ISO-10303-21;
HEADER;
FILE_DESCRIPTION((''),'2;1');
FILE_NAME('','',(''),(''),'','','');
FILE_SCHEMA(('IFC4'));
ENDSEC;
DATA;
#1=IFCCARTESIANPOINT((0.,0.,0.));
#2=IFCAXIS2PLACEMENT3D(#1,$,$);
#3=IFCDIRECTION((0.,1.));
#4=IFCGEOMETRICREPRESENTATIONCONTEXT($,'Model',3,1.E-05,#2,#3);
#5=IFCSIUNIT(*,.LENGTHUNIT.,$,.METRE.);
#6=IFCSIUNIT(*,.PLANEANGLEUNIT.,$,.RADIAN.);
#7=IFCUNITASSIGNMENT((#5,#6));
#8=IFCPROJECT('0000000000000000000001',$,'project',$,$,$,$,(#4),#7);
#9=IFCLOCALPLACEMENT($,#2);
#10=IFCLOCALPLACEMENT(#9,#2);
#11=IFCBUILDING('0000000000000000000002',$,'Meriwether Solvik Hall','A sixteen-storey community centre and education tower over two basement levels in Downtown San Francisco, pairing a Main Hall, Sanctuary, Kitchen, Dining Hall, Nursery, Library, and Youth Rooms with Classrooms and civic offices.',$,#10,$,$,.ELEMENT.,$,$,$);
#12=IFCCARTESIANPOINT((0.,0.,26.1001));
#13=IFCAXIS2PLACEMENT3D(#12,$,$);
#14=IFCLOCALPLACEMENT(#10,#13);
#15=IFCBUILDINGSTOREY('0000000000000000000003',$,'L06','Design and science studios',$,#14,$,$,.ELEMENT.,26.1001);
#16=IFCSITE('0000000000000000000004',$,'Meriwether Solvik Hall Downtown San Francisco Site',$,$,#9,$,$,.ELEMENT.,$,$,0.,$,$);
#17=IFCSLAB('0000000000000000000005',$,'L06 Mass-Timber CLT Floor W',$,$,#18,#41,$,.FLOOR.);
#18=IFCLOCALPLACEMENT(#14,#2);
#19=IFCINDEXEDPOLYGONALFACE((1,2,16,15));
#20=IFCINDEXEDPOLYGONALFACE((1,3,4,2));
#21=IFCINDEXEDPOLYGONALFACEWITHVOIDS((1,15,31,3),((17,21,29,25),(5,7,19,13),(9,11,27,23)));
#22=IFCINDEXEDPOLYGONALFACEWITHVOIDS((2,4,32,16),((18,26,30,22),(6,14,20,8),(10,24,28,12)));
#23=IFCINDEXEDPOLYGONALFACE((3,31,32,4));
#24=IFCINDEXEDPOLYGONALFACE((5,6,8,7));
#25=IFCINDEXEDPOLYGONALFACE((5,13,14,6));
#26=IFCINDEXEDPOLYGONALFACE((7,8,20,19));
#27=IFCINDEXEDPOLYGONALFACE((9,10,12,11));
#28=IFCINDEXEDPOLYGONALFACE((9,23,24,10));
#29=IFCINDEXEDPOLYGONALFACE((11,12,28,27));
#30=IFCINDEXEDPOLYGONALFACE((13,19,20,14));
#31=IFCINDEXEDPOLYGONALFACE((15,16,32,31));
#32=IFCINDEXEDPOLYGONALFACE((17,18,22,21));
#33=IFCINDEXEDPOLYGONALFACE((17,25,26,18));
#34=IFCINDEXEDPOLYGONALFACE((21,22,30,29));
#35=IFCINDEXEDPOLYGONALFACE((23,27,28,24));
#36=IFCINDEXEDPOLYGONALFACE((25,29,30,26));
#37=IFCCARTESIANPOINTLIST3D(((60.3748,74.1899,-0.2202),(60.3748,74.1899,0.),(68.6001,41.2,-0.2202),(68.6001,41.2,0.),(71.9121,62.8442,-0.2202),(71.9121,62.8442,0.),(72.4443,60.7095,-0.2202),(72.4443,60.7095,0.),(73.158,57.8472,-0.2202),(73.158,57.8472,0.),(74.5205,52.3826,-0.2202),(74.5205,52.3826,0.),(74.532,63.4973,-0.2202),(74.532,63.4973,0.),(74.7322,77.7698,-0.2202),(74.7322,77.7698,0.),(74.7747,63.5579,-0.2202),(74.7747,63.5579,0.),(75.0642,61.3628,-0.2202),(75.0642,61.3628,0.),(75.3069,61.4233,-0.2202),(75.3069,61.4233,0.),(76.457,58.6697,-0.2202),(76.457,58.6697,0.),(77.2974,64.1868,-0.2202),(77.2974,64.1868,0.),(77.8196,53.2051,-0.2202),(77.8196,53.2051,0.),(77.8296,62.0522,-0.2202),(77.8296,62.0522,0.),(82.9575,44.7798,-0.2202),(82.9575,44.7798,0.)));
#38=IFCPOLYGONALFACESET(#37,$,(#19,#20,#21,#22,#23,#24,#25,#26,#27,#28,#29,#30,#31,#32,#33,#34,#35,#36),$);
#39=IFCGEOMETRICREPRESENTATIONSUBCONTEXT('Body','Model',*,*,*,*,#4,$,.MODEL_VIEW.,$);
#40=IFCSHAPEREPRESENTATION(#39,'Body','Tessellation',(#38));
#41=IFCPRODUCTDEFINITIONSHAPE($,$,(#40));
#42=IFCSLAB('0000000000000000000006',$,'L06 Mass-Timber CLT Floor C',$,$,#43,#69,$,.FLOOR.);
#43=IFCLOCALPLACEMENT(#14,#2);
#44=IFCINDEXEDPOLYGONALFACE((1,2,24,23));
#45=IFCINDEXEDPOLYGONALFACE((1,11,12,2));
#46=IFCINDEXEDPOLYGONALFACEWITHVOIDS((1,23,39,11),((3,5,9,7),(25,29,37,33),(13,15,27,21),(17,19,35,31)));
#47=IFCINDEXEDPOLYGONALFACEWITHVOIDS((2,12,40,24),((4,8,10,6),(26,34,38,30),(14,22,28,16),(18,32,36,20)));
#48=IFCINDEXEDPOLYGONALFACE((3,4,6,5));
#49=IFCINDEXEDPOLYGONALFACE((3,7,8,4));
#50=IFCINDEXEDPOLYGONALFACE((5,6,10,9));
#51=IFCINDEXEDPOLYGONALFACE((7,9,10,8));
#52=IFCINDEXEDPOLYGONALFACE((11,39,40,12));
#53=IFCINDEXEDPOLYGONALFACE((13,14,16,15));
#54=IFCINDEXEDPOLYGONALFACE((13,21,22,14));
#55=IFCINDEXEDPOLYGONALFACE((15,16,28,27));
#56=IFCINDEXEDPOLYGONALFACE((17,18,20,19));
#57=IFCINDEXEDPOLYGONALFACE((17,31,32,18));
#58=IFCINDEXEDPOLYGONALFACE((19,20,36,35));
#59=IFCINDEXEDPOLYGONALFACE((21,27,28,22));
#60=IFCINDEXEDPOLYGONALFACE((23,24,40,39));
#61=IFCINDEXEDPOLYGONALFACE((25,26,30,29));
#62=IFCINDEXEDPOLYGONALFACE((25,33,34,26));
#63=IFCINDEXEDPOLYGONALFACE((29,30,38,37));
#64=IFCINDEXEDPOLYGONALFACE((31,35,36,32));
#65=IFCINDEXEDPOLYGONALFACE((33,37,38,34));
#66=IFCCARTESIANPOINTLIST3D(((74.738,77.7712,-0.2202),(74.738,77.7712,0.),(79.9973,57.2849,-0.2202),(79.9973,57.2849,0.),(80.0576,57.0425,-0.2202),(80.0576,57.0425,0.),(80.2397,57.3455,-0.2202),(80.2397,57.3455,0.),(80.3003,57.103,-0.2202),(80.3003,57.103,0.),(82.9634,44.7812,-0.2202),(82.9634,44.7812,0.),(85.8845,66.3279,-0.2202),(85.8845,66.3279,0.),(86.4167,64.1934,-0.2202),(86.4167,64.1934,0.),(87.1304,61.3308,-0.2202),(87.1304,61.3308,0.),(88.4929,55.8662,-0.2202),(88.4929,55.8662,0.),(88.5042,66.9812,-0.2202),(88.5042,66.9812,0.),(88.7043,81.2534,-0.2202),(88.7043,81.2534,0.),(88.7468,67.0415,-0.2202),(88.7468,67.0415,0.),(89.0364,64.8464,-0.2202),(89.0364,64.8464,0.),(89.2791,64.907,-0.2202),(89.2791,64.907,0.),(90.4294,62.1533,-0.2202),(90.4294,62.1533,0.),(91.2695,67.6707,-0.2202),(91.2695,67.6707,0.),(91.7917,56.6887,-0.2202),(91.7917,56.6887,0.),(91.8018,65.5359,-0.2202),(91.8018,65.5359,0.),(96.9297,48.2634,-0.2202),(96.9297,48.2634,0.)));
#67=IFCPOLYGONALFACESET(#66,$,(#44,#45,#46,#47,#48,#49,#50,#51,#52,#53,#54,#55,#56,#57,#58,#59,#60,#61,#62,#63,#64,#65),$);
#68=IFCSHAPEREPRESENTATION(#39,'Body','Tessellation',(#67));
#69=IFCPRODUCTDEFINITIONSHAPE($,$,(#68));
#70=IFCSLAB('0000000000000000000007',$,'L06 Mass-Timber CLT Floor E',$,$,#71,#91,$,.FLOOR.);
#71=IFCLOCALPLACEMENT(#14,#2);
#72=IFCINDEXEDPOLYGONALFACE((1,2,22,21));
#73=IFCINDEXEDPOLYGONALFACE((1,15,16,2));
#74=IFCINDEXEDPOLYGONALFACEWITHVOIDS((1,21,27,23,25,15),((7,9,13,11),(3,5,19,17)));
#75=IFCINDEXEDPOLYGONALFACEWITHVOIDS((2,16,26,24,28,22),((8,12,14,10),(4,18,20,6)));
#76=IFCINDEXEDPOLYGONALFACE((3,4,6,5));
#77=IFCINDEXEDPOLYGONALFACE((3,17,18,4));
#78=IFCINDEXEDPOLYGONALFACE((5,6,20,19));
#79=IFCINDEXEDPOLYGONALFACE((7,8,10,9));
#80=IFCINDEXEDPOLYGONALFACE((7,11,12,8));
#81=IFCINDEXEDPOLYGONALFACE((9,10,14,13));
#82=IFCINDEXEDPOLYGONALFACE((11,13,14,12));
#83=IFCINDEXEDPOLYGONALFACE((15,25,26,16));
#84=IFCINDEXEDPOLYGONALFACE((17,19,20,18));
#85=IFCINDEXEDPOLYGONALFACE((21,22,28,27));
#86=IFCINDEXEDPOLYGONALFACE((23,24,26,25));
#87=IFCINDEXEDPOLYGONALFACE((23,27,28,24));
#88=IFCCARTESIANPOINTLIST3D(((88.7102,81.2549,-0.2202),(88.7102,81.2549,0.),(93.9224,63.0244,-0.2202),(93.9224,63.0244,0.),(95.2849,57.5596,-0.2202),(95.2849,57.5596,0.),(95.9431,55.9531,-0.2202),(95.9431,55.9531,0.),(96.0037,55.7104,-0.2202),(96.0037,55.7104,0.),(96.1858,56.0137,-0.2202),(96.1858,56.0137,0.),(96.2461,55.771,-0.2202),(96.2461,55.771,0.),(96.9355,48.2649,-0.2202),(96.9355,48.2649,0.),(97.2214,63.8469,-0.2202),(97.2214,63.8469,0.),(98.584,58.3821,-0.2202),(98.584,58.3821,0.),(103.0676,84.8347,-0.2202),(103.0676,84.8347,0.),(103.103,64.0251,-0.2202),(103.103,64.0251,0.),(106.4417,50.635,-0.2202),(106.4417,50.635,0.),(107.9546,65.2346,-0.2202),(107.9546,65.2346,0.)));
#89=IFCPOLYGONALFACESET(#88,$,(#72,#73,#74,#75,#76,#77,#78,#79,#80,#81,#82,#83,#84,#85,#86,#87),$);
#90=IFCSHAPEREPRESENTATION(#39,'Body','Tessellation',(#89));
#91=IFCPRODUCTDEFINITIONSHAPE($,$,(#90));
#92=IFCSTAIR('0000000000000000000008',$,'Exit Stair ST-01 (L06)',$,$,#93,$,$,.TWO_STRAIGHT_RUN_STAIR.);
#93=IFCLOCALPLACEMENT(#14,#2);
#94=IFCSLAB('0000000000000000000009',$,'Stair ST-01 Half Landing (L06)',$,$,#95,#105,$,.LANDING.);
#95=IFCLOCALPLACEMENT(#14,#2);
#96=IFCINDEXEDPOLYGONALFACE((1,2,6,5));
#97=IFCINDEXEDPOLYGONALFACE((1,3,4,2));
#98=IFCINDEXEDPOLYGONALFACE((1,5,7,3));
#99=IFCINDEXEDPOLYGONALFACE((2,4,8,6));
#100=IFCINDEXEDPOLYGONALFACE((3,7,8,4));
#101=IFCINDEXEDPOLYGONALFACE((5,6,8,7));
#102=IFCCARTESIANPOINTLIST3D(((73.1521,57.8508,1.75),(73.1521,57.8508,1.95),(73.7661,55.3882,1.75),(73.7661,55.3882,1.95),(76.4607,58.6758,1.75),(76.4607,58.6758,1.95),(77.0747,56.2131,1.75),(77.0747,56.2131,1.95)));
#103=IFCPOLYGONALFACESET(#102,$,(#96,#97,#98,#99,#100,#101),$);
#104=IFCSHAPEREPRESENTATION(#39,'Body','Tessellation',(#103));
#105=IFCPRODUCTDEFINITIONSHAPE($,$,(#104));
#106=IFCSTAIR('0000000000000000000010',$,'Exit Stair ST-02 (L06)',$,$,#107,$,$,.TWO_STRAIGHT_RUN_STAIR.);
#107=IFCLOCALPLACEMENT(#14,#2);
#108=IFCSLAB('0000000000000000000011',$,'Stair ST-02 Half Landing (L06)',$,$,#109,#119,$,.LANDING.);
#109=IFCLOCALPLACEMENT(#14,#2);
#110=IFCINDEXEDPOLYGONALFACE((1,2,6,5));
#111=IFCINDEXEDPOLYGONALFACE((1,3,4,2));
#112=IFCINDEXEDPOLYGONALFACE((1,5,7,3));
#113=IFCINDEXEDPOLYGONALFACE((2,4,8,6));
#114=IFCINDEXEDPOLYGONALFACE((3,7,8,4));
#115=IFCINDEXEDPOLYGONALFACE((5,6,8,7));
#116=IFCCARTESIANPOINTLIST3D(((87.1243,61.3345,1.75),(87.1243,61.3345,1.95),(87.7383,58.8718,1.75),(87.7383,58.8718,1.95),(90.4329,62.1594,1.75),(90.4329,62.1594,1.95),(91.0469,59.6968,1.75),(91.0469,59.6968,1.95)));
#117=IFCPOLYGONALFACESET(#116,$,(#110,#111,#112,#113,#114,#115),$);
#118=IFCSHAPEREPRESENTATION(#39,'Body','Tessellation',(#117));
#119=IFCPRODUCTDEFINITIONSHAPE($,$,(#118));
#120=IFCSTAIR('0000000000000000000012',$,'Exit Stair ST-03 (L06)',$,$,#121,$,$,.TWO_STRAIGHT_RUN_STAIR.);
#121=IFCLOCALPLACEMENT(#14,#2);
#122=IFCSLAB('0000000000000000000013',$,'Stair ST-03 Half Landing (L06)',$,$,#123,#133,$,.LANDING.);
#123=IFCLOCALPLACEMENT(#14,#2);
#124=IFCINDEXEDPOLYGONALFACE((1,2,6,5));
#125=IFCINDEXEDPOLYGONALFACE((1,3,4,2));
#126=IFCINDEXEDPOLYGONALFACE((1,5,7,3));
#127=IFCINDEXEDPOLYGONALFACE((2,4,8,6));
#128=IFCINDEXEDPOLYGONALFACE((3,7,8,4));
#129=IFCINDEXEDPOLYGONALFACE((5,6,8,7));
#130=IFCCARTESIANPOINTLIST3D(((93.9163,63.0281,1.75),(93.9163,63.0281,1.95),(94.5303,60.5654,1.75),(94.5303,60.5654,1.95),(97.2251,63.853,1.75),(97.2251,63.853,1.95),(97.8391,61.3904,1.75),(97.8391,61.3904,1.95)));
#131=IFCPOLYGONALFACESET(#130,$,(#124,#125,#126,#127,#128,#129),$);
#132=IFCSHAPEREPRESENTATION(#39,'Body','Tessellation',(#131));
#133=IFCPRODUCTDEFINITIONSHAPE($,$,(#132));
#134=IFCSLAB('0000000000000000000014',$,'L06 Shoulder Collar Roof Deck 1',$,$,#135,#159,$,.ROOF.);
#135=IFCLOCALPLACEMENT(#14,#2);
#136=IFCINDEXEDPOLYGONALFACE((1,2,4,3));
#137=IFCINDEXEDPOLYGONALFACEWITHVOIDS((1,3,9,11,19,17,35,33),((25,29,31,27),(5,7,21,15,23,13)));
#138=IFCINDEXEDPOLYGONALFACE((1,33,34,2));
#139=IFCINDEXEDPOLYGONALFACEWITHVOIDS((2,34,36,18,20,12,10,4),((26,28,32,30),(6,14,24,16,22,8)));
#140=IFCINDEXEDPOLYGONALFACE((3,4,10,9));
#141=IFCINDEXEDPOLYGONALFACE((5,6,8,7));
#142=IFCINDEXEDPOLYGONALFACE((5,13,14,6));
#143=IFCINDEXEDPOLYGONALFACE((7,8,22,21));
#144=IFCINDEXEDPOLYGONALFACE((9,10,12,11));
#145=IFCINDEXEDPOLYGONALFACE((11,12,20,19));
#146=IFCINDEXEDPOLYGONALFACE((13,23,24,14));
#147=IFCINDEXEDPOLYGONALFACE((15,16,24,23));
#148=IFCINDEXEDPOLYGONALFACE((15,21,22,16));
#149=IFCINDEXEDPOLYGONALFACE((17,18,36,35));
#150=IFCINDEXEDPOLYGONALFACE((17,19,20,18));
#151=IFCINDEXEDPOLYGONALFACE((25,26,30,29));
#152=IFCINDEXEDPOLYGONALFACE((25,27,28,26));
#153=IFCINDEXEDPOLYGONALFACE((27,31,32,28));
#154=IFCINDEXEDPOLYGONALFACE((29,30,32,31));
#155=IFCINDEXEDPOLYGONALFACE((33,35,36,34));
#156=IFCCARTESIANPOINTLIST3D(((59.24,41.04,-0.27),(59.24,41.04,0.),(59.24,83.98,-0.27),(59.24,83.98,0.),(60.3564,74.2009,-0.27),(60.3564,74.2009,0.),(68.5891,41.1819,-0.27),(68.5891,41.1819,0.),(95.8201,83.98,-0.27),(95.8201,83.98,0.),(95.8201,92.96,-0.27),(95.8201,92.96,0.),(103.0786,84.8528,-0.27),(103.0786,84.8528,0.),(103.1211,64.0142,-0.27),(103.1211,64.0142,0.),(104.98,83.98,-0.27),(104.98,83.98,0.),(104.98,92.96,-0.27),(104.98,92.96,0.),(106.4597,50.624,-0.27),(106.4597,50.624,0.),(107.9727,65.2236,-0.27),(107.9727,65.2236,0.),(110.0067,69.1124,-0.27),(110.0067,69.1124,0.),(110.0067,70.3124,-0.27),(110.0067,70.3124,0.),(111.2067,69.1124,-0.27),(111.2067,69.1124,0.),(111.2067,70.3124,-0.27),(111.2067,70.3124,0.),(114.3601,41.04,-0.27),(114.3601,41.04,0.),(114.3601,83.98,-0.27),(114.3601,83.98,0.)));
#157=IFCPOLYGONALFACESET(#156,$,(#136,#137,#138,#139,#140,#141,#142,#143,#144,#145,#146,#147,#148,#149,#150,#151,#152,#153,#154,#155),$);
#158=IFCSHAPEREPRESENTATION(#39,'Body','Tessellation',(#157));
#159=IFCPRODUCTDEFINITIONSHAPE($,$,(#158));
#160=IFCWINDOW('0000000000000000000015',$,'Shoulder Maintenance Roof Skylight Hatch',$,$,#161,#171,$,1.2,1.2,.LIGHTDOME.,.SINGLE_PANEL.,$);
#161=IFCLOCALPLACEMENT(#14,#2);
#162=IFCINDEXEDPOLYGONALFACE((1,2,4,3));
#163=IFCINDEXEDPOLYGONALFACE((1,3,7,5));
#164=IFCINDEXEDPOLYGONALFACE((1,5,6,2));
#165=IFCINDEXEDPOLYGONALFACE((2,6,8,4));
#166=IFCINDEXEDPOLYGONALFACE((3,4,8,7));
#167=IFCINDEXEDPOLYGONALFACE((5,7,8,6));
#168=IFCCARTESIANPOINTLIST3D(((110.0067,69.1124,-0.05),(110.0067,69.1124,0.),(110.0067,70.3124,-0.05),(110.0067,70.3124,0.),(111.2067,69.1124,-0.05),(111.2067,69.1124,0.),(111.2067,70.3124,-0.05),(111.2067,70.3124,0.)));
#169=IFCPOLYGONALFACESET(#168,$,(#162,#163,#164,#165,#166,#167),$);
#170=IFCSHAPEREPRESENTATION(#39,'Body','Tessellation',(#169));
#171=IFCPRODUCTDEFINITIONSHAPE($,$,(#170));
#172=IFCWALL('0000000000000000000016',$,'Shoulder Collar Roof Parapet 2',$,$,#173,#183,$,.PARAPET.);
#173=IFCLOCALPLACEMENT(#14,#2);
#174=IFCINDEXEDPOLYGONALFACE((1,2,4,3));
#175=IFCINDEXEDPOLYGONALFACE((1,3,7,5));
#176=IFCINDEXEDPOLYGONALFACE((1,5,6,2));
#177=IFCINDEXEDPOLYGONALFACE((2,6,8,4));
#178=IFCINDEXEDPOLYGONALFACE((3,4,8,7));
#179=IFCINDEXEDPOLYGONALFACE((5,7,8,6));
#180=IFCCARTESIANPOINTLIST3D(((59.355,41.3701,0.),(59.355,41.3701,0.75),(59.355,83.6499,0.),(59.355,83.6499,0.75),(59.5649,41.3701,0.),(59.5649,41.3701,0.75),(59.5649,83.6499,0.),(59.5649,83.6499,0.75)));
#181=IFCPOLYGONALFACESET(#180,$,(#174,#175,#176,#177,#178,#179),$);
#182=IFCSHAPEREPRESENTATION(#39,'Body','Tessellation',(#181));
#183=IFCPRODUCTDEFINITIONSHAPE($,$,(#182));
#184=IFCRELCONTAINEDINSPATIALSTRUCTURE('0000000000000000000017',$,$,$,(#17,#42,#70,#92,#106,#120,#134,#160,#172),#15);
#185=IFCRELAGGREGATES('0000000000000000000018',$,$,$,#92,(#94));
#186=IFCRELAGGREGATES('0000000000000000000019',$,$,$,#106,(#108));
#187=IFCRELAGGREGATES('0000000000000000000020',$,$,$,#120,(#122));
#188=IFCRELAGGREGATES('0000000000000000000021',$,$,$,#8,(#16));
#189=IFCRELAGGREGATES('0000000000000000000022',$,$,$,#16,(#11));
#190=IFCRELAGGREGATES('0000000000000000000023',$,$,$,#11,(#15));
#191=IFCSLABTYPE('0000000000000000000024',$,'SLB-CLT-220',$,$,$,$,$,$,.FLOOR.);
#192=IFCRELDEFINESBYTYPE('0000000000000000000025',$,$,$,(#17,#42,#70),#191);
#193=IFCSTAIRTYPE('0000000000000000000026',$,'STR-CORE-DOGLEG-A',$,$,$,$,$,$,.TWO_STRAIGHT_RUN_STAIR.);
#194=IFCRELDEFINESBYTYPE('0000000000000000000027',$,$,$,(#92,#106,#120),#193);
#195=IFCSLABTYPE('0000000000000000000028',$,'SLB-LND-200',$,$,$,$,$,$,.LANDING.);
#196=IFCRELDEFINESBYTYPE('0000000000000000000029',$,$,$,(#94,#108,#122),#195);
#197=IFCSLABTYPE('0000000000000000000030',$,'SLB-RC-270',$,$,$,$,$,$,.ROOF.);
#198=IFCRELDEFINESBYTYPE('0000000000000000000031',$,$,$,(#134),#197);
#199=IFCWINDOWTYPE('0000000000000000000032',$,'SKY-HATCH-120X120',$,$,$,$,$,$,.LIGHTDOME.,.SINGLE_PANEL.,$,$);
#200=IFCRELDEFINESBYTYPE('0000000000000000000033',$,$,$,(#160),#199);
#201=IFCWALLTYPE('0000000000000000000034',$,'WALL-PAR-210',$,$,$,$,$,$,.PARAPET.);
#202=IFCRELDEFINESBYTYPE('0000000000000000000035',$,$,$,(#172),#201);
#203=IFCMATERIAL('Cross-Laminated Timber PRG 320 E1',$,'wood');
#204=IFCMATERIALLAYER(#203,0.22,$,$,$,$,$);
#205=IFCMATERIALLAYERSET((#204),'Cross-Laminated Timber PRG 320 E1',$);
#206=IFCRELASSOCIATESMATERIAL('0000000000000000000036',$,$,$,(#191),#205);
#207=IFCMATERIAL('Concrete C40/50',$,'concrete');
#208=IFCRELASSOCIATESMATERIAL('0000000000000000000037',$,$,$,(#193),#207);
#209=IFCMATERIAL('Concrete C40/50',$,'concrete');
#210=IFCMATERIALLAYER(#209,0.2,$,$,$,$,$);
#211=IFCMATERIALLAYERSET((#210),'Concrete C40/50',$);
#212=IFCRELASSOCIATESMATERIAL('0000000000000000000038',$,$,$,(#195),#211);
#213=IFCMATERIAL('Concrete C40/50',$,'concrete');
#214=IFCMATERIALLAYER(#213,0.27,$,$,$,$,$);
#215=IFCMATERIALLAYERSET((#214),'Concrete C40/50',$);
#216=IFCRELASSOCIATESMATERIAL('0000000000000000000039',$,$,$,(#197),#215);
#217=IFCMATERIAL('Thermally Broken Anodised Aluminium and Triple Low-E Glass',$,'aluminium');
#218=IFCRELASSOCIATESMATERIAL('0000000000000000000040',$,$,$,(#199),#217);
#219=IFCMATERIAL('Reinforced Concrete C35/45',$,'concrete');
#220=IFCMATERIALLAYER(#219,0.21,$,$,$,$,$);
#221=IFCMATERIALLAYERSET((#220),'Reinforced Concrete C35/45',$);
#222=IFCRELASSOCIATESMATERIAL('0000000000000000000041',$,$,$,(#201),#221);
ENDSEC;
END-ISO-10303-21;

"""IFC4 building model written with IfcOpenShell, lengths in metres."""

from ifc_helpers import new_model, si_unit, direction, frame, frame_2d, origin, origin_2d, place, context, subcontext, project, spatial, polyline, rectangle, outline, extrude, material, layer, layer_set, type_object, element, fill, aggregate, save


model = new_model("IFC4")

# Units and contexts
model_context = context("Model", 3, precision=1e-05, world=origin(), true_north=direction((0.0, 1.0)))
body_context = subcontext(model_context, "Body", "Model", "MODEL_VIEW")
ifc_project = project(units=[si_unit("LENGTHUNIT", "METRE"), si_unit("PLANEANGLEUNIT", "RADIAN")], contexts=[model_context])

# Site, building, storey
site_placement = place(None, origin())
site = spatial("IfcSite", under=ifc_project, at=site_placement, Name="Meriwether Solvik Hall Downtown San Francisco Site", CompositionType="ELEMENT", RefElevation=0.0)
building_placement = place(site_placement, origin())
building = spatial("IfcBuilding", under=site, at=building_placement, Name="Meriwether Solvik Hall", Description="A sixteen-storey community centre and education tower over two basement levels in Downtown San Francisco, pairing a Main Hall, Sanctuary, Kitchen, Dining Hall, Nursery, Library, and Youth Rooms with Classrooms and civic offices.", CompositionType="ELEMENT")
storey_placement = place(building_placement, frame((0.0, 0.0, 26.1001)))
storey = spatial("IfcBuildingStorey", under=building, at=storey_placement, Name="L06", Description="Design and science studios", CompositionType="ELEMENT", Elevation=26.1001)

# Slabs
ifc_material_1 = material(Name="Cross-Laminated Timber PRG 320 E1", Category="wood")
ifc_layer_1 = layer(ifc_material_1, 0.22)
ifc_layer_set_1 = layer_set([ifc_layer_1], Name="Cross-Laminated Timber PRG 320 E1")
slab_type_1 = type_object("IfcSlabType", Name="SLB-CLT-220", PredefinedType="FLOOR", material=ifc_layer_set_1)
slab_1_placement = place(storey_placement, frame((0.0, 0.0, -0.2202)))
element("IfcSlab", 1, at=slab_1_placement, inside=storey, type_object=slab_type_1, Name="L06 Mass-Timber CLT Floor W", PredefinedType="FLOOR", context=body_context, shape_type="SweptSolid", body=[
    extrude(outline(polyline([(74.7322, 77.7698), (82.9575, 44.7798), (68.6001, 41.2), (60.3748, 74.1899), (74.7322, 77.7698)]), holes=[polyline([(73.158, 57.8472), (74.5205, 52.3826), (77.8196, 53.2051), (76.457, 58.6697), (73.158, 57.8472)]), polyline([(71.9121, 62.8442), (72.4443, 60.7095), (75.0642, 61.3628), (74.532, 63.4973), (71.9121, 62.8442)]), polyline([(74.7747, 63.5579), (75.3069, 61.4233), (77.8296, 62.0522), (77.2974, 64.1868), (74.7747, 63.5579)])]), origin(), (0.0, 0.0, 1.0), 0.2202),
])
slab_2_placement = place(storey_placement, frame((0.0, 0.0, -0.2202)))
element("IfcSlab", 2, at=slab_2_placement, inside=storey, type_object=slab_type_1, Name="L06 Mass-Timber CLT Floor C", PredefinedType="FLOOR", context=body_context, shape_type="SweptSolid", body=[
    extrude(outline(polyline([(88.7043, 81.2534), (96.9297, 48.2634), (82.9634, 44.7812), (74.738, 77.7712), (88.7043, 81.2534)]), holes=[polyline([(79.9973, 57.2849), (80.0576, 57.0425), (80.3003, 57.103), (80.2397, 57.3455), (79.9973, 57.2849)]), polyline([(87.1304, 61.3308), (88.4929, 55.8662), (91.7917, 56.6887), (90.4294, 62.1533), (87.1304, 61.3308)]), polyline([(88.5042, 66.9812), (85.8845, 66.3279), (86.4167, 64.1934), (89.0364, 64.8464), (88.5042, 66.9812)]), polyline([(91.2695, 67.6707), (88.7468, 67.0415), (89.2791, 64.907), (91.8018, 65.5359), (91.2695, 67.6707)])]), origin(), (0.0, 0.0, 1.0), 0.2202),
])
slab_3_placement = place(storey_placement, frame((0.0, 0.0, -0.2202)))
element("IfcSlab", 3, at=slab_3_placement, inside=storey, type_object=slab_type_1, Name="L06 Mass-Timber CLT Floor E", PredefinedType="FLOOR", context=body_context, shape_type="SweptSolid", body=[
    extrude(outline(polyline([(103.0676, 84.8347), (107.9546, 65.2346), (103.103, 64.0251), (106.4417, 50.635), (96.9355, 48.2649), (88.7102, 81.2549), (103.0676, 84.8347)]), holes=[polyline([(95.9431, 55.9531), (96.0037, 55.7104), (96.2461, 55.771), (96.1858, 56.0137), (95.9431, 55.9531)]), polyline([(93.9224, 63.0244), (95.2849, 57.5596), (98.584, 58.3821), (97.2214, 63.8469), (93.9224, 63.0244)])]), origin(), (0.0, 0.0, 1.0), 0.2202),
])

# Stairs, slabs
ifc_material_2 = material(Name="Concrete C40/50", Category="concrete")
stair_type = type_object("IfcStairType", Name="STR-CORE-DOGLEG-A", PredefinedType="TWO_STRAIGHT_RUN_STAIR", material=ifc_material_2)
stair_1_placement = place(storey_placement, origin())
stair_1 = element("IfcStair", 4, at=stair_1_placement, inside=storey, type_object=stair_type, Name="Exit Stair ST-01 (L06)", PredefinedType="TWO_STRAIGHT_RUN_STAIR")
ifc_material_3 = material(Name="Concrete C40/50", Category="concrete")
ifc_layer_2 = layer(ifc_material_3, 0.2)
ifc_layer_set_2 = layer_set([ifc_layer_2], Name="Concrete C40/50")
slab_type_2 = type_object("IfcSlabType", Name="SLB-LND-200", PredefinedType="LANDING", material=ifc_layer_set_2)
slab_4_placement = place(storey_placement, frame((0.0, 0.0, 1.75)))
slab_4 = element("IfcSlab", 5, at=slab_4_placement, type_object=slab_type_2, Name="Stair ST-01 Half Landing (L06)", PredefinedType="LANDING", context=body_context, shape_type="SweptSolid", body=[
    extrude(outline(polyline([(73.7661, 55.3882), (77.0747, 56.2131), (76.4607, 58.6758), (73.1521, 57.8508), (73.7661, 55.3882)])), origin(), (0.0, 0.0, 1.0), 0.2),
])
aggregate(stair_1, [slab_4])
stair_2_placement = place(storey_placement, origin())
stair_2 = element("IfcStair", 6, at=stair_2_placement, inside=storey, type_object=stair_type, Name="Exit Stair ST-02 (L06)", PredefinedType="TWO_STRAIGHT_RUN_STAIR")
slab_5_placement = place(storey_placement, frame((0.0, 0.0, 1.75)))
slab_5 = element("IfcSlab", 7, at=slab_5_placement, type_object=slab_type_2, Name="Stair ST-02 Half Landing (L06)", PredefinedType="LANDING", context=body_context, shape_type="SweptSolid", body=[
    extrude(outline(polyline([(87.7383, 58.8718), (91.0469, 59.6968), (90.4329, 62.1594), (87.1243, 61.3345), (87.7383, 58.8718)])), origin(), (0.0, 0.0, 1.0), 0.2),
])
aggregate(stair_2, [slab_5])
stair_3_placement = place(storey_placement, origin())
stair_3 = element("IfcStair", 8, at=stair_3_placement, inside=storey, type_object=stair_type, Name="Exit Stair ST-03 (L06)", PredefinedType="TWO_STRAIGHT_RUN_STAIR")
slab_6_placement = place(storey_placement, frame((0.0, 0.0, 1.75)))
slab_6 = element("IfcSlab", 9, at=slab_6_placement, type_object=slab_type_2, Name="Stair ST-03 Half Landing (L06)", PredefinedType="LANDING", context=body_context, shape_type="SweptSolid", body=[
    extrude(outline(polyline([(94.5303, 60.5654), (97.8391, 61.3904), (97.2251, 63.853), (93.9163, 63.0281), (94.5303, 60.5654)])), origin(), (0.0, 0.0, 1.0), 0.2),
])
aggregate(stair_3, [slab_6])

# Slab, opening, window
ifc_material_4 = material(Name="Concrete C40/50", Category="concrete")
ifc_layer_3 = layer(ifc_material_4, 0.27)
ifc_layer_set_3 = layer_set([ifc_layer_3], Name="Concrete C40/50")
slab_type_3 = type_object("IfcSlabType", Name="SLB-RC-270", PredefinedType="ROOF", material=ifc_layer_set_3)
slab_7_placement = place(storey_placement, frame((0.0, 0.0, -0.27)))
slab_7 = element("IfcSlab", 10, at=slab_7_placement, inside=storey, type_object=slab_type_3, Name="L06 Shoulder Collar Roof Deck 1", PredefinedType="ROOF", context=body_context, shape_type="SweptSolid", body=[
    extrude(outline(polyline([(104.98, 92.96), (104.98, 83.98), (114.3601, 83.98), (114.3601, 41.04), (59.24, 41.04), (59.24, 83.98), (95.8201, 83.98), (95.8201, 92.96), (104.98, 92.96)]), holes=[polyline([(103.1211, 64.0142), (107.9727, 65.2236), (103.0786, 84.8528), (60.3564, 74.2009), (68.5891, 41.1819), (106.4597, 50.624), (103.1211, 64.0142)])]), origin(), (0.0, 0.0, 1.0), 0.27),
])
opening_placement = place(slab_7_placement, frame((110.6067, 69.7124, 0.0)))
opening = element("IfcOpeningElement", 11, at=opening_placement, cuts=slab_7, PredefinedType="OPENING", context=body_context, shape_type="SweptSolid", body=[
    extrude(rectangle(XDim=1.2, YDim=1.2, at=origin_2d()), frame((0.0, 0.0, -0.012)), (0.0, 0.0, 1.0), 0.2939),
])
ifc_material_5 = material(Name="Thermally Broken Anodised Aluminium and Triple Low-E Glass", Category="aluminium")
window_type = type_object("IfcWindowType", Name="SKY-HATCH-120X120", PartitioningType="SINGLE_PANEL", PredefinedType="LIGHTDOME", material=ifc_material_5)
window_placement = place(opening_placement, frame((0.0, 0.0, 0.22)))
window = element("IfcWindow", 12, at=window_placement, inside=storey, type_object=window_type, Name="Shoulder Maintenance Roof Skylight Hatch", OverallHeight=1.2, OverallWidth=1.2, PartitioningType="SINGLE_PANEL", PredefinedType="LIGHTDOME", context=body_context, shape_type="SweptSolid", body=[
    extrude(rectangle(XDim=1.2, YDim=1.2, at=origin_2d()), origin(), (0.0, 0.0, 1.0), 0.05),
])
fill(opening, window)

# Wall
ifc_material_6 = material(Name="Reinforced Concrete C35/45", Category="concrete")
ifc_layer_4 = layer(ifc_material_6, 0.21)
ifc_layer_set_4 = layer_set([ifc_layer_4], Name="Reinforced Concrete C35/45")
wall_type = type_object("IfcWallType", Name="WALL-PAR-210", PredefinedType="PARAPET", material=ifc_layer_set_4)
wall_placement = place(storey_placement, frame((59.46, 41.3701, 0.0), z_axis=(0.0, 0.0, 1.0), x_axis=(0.0, 1.0, 0.0)))
element("IfcWall", 13, at=wall_placement, inside=storey, type_object=wall_type, Name="Shoulder Collar Roof Parapet 2", PredefinedType="PARAPET", context=body_context, shape_type="SweptSolid", body=[
    extrude(rectangle(XDim=42.2798, YDim=0.21, at=frame_2d((21.1399, 0.0))), origin(), (0.0, 0.0, 1.0), 0.75),
])

save(model, "model.ifc")
